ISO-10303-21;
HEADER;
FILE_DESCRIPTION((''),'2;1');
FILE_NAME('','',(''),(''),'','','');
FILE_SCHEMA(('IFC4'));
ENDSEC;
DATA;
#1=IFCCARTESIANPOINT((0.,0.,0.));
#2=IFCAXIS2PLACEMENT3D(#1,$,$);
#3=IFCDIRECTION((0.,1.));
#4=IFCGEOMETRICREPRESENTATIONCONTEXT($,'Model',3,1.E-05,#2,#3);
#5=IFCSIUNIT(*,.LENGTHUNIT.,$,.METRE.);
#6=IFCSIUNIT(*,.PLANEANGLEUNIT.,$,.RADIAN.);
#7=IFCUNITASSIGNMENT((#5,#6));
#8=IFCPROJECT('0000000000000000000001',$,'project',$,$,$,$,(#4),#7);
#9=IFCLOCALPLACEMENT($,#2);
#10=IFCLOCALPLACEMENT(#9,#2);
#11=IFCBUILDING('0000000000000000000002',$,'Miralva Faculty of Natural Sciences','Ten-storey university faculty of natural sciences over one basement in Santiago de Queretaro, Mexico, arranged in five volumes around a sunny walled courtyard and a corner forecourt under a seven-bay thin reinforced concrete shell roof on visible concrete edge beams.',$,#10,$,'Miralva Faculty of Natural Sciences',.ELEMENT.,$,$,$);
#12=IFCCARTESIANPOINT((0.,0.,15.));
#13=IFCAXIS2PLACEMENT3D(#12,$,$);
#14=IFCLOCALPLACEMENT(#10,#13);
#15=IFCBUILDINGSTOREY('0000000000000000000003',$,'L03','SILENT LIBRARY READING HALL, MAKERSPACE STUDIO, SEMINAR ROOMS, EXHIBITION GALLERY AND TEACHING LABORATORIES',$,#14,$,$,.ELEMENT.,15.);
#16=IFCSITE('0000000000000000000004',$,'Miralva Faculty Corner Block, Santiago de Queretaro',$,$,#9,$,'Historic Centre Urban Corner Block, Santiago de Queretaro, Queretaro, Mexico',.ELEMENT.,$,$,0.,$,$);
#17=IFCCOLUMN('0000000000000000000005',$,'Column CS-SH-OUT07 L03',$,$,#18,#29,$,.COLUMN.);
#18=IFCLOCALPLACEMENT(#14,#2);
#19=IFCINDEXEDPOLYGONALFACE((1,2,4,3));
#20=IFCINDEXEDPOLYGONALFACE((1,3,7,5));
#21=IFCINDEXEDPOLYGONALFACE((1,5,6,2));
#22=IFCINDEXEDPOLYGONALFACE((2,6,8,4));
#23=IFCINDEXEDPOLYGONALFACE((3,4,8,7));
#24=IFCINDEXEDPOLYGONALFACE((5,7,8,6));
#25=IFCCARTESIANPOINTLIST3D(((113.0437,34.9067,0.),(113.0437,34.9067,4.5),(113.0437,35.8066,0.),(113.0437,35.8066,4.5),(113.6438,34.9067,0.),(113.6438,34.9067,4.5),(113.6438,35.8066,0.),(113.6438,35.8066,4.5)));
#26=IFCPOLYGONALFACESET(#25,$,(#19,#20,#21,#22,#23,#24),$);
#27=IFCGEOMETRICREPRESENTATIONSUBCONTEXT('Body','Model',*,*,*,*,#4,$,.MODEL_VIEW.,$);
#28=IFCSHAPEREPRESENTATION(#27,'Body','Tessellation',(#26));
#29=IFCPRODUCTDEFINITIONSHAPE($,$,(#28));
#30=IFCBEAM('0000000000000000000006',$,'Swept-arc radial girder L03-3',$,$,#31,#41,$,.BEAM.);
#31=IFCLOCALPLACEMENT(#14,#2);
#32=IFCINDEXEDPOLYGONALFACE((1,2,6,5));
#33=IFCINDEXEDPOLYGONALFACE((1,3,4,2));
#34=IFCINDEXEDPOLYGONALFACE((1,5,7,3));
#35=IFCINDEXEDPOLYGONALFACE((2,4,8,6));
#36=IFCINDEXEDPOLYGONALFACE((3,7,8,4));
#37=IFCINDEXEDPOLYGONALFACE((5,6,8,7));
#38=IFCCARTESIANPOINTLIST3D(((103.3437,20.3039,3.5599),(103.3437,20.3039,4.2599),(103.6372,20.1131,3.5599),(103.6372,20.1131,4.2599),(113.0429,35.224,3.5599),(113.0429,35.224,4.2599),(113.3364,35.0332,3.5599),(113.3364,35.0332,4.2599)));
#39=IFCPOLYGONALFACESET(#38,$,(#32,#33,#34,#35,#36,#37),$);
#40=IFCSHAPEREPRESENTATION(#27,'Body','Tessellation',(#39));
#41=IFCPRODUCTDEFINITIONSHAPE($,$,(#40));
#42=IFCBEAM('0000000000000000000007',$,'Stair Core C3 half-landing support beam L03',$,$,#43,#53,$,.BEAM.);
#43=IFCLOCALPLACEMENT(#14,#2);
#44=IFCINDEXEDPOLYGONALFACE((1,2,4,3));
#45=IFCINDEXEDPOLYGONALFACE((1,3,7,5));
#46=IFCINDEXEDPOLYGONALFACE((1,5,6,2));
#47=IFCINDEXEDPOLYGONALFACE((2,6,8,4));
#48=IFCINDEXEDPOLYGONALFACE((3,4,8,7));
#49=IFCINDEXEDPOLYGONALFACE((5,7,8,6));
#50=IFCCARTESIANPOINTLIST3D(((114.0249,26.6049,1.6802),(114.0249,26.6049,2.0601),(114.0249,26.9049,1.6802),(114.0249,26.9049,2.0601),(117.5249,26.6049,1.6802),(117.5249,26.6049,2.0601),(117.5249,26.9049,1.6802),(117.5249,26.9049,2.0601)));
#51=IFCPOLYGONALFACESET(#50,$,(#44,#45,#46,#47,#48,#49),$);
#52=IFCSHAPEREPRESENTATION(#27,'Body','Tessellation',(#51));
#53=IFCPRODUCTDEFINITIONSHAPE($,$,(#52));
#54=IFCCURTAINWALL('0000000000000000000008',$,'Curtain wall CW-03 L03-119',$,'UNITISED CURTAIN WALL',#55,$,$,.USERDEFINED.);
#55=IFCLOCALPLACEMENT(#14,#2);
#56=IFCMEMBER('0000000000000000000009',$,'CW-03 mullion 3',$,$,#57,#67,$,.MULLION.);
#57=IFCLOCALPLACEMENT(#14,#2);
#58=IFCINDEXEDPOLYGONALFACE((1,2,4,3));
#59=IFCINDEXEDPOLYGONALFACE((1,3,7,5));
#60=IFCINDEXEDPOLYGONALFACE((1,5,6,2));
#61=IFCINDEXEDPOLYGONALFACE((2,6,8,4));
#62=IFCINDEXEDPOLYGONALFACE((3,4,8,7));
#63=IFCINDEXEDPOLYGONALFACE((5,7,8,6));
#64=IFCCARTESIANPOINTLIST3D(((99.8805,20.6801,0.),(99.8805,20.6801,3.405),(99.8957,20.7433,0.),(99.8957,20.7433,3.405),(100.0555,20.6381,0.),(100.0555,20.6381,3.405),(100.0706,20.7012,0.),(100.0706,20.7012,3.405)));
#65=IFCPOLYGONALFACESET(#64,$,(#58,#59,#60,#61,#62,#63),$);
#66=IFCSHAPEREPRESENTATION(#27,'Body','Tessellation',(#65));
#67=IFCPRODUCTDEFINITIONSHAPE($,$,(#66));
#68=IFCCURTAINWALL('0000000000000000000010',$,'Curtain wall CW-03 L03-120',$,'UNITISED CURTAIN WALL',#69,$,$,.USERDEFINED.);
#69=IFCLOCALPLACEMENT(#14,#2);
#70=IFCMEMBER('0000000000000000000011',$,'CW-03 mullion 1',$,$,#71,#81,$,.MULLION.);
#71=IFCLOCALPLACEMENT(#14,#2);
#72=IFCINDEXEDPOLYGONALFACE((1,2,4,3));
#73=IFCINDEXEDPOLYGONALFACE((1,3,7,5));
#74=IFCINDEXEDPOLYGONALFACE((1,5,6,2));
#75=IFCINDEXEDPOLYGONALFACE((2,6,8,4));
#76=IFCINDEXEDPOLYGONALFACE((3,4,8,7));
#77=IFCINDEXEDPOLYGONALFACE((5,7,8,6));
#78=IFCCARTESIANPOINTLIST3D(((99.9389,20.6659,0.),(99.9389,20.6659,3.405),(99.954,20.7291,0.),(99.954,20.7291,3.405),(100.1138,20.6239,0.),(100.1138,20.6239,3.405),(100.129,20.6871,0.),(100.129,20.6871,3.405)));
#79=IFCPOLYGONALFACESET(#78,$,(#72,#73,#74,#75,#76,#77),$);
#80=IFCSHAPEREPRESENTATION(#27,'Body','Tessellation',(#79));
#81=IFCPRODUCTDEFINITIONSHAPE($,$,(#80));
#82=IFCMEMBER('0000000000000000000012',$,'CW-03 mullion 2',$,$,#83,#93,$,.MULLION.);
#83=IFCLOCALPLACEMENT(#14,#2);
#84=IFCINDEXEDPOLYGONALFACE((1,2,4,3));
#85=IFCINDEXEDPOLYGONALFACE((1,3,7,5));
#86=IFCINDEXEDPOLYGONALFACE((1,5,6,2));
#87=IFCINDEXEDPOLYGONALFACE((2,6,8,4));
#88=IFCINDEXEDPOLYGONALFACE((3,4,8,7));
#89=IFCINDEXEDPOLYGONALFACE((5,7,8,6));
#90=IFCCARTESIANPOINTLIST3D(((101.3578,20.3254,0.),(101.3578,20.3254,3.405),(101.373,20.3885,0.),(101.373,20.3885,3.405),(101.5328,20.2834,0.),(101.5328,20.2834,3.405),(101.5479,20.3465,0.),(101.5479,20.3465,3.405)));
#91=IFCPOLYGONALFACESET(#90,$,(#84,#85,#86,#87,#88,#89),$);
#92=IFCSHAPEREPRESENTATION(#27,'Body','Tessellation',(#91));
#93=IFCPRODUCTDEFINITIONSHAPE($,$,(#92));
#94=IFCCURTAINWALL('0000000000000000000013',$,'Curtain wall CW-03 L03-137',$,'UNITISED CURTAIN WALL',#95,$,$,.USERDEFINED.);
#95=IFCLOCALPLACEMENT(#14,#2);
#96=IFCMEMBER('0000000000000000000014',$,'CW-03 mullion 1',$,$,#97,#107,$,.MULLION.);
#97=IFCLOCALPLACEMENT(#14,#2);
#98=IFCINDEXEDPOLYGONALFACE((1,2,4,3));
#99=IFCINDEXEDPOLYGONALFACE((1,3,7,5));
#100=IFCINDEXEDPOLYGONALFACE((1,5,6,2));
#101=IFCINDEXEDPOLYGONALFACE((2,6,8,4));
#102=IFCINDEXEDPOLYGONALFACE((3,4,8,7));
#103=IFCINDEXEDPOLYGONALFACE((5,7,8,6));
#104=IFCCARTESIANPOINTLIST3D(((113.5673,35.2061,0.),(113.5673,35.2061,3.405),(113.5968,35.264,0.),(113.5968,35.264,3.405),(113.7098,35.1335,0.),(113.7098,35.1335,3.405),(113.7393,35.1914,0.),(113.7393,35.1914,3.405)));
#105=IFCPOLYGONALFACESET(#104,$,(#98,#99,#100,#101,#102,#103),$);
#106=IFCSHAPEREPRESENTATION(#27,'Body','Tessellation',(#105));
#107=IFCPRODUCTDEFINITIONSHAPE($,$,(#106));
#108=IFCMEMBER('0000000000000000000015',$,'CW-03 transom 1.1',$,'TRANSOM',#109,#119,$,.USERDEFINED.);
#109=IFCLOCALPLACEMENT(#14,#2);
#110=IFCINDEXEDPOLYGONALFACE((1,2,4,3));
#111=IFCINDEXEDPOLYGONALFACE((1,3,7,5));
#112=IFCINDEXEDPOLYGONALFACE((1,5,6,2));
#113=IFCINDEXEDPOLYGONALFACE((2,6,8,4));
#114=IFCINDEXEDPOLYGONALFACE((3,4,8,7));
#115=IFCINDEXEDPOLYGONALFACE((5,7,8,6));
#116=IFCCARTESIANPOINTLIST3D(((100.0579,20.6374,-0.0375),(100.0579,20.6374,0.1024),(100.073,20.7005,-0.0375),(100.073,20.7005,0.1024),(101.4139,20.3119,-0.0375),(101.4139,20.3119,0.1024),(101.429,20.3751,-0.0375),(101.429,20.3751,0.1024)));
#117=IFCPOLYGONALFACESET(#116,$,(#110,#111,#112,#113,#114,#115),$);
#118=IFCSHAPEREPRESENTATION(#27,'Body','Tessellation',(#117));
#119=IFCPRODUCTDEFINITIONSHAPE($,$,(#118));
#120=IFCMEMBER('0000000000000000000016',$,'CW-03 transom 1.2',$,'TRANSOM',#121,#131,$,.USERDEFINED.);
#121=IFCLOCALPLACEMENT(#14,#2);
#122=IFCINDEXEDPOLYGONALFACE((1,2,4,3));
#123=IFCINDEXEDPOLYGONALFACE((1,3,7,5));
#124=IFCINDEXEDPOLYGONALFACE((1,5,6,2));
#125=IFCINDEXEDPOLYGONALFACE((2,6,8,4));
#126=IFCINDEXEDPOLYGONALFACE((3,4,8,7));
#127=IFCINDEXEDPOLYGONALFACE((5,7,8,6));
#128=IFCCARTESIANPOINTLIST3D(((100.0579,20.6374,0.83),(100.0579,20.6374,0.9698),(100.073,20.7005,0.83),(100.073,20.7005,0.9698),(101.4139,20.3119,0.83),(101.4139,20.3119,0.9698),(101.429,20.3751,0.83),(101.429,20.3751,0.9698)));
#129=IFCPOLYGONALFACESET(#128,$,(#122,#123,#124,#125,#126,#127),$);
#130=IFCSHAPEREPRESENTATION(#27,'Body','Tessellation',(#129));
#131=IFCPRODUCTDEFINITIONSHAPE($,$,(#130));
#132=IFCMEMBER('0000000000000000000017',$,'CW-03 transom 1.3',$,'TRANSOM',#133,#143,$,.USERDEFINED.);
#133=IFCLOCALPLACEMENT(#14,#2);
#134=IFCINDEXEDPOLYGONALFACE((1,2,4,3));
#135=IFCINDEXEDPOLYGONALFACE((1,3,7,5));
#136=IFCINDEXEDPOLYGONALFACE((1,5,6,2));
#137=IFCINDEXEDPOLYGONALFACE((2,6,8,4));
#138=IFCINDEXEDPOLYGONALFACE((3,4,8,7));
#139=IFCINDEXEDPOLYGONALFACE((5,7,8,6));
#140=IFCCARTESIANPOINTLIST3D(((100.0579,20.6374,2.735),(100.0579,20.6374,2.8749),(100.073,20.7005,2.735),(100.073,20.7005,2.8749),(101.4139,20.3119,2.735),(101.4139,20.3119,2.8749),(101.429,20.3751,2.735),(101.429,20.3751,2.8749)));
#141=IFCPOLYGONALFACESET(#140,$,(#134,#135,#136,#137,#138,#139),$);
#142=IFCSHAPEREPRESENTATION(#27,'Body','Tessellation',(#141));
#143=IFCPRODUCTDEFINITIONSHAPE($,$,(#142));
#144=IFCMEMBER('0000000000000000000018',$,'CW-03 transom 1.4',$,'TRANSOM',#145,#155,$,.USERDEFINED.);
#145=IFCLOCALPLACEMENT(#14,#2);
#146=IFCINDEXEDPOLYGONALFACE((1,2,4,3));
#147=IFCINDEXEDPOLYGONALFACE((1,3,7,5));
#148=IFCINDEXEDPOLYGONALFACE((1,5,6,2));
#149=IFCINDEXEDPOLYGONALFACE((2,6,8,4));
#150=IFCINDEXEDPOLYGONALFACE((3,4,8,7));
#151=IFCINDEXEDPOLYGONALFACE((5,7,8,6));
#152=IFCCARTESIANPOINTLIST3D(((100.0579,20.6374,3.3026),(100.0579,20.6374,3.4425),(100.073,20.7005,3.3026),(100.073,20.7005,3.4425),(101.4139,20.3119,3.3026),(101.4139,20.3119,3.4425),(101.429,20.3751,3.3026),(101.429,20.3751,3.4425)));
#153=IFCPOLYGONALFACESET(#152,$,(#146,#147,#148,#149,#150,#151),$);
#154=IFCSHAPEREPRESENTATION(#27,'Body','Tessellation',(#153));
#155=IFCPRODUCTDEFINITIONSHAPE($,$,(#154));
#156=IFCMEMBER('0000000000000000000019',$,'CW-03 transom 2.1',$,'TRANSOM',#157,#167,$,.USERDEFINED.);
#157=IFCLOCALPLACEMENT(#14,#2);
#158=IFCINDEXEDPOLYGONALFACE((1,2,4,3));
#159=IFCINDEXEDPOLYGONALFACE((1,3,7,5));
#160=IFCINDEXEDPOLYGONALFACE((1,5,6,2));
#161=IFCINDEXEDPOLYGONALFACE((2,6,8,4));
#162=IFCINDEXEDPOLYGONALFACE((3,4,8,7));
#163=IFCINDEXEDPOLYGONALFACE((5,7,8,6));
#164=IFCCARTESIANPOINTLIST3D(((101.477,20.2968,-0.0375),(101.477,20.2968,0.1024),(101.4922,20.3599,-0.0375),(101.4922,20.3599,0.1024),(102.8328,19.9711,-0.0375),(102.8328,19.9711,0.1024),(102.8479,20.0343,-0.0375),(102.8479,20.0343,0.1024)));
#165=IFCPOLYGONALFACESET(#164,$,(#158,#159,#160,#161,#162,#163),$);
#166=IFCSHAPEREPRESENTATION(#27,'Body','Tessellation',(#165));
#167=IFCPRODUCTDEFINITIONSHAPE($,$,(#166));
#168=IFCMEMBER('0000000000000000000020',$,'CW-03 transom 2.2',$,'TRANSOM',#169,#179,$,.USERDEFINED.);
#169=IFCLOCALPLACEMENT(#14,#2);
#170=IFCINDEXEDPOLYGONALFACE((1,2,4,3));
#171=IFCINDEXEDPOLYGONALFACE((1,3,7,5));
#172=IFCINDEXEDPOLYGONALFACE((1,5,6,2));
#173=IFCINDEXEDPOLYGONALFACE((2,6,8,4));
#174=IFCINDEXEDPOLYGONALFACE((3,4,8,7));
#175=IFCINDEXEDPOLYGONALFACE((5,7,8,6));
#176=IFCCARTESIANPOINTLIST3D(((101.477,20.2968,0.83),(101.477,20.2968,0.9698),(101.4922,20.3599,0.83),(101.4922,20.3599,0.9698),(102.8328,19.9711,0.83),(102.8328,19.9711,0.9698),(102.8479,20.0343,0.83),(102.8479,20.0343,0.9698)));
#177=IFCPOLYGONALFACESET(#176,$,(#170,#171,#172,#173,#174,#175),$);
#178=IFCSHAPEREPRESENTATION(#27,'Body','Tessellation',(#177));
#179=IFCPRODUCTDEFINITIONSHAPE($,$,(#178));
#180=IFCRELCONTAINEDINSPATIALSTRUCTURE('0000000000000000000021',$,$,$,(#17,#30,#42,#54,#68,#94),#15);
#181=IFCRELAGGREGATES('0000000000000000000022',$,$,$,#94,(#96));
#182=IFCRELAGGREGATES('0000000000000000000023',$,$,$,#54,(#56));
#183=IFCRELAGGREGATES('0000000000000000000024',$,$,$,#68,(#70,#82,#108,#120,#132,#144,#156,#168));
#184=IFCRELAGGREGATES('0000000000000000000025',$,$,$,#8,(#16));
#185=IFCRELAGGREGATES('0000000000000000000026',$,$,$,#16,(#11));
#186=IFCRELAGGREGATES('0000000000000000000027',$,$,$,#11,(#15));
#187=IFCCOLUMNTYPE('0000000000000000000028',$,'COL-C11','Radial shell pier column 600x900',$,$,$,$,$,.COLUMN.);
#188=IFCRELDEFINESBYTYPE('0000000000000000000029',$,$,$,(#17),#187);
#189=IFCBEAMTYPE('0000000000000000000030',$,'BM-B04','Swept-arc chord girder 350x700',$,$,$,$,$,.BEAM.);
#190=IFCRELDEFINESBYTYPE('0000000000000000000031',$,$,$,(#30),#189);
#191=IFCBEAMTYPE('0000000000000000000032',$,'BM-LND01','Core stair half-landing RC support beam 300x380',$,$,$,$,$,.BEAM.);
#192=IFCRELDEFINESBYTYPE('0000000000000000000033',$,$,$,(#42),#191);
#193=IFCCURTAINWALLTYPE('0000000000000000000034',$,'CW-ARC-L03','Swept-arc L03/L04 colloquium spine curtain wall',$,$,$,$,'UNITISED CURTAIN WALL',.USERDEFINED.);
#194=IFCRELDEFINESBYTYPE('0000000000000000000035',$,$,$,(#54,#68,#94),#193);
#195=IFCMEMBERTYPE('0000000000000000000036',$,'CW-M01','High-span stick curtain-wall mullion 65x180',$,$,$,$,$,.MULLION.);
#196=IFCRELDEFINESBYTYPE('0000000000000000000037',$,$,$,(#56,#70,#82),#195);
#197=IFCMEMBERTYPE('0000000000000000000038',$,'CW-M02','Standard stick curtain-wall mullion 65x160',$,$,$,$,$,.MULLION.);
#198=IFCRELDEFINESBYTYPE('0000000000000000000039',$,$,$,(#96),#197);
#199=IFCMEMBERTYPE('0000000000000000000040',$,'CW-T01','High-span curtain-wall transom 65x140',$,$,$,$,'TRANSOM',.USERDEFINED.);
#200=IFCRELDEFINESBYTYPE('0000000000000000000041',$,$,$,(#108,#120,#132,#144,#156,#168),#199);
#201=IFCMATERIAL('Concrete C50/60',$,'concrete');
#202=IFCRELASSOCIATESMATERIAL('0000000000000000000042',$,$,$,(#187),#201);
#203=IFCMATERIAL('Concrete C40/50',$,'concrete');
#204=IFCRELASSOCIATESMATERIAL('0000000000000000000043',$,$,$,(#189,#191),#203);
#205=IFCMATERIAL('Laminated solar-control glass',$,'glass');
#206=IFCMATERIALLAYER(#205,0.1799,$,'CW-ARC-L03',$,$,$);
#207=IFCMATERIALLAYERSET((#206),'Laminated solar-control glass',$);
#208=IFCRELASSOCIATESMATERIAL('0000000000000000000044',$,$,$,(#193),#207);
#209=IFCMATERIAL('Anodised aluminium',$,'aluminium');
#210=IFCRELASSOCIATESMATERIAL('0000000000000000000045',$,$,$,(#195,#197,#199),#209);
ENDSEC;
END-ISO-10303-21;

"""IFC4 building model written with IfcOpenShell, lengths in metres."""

from ifc_helpers import new_model, si_unit, direction, frame, origin, origin_2d, place, context, subcontext, project, spatial, rectangle, extrude, material, layer, layer_set, material_profile, profile_set, type_object, element, aggregate, save


model = new_model("IFC4")

# Units and contexts
model_context = context("Model", 3, precision=1e-05, world=origin(), true_north=direction((0.0, 1.0)))
body_context = subcontext(model_context, "Body", "Model", "MODEL_VIEW")
ifc_project = project(units=[si_unit("LENGTHUNIT", "METRE"), si_unit("PLANEANGLEUNIT", "RADIAN")], contexts=[model_context])

# Site, building, storey
site_placement = place(None, origin())
site = spatial("IfcSite", under=ifc_project, at=site_placement, Name="Miralva Faculty Corner Block, Santiago de Queretaro", LongName="Historic Centre Urban Corner Block, Santiago de Queretaro, Queretaro, Mexico", CompositionType="ELEMENT", RefElevation=0.0)
building_placement = place(site_placement, origin())
building = spatial("IfcBuilding", under=site, at=building_placement, Name="Miralva Faculty of Natural Sciences", Description="Ten-storey university faculty of natural sciences over one basement in Santiago de Queretaro, Mexico, arranged in five volumes around a sunny walled courtyard and a corner forecourt under a seven-bay thin reinforced concrete shell roof on visible concrete edge beams.", LongName="Miralva Faculty of Natural Sciences", CompositionType="ELEMENT")
storey_placement = place(building_placement, frame((0.0, 0.0, 15.0)))
storey = spatial("IfcBuildingStorey", under=building, at=storey_placement, Name="L03", Description="SILENT LIBRARY READING HALL, MAKERSPACE STUDIO, SEMINAR ROOMS, EXHIBITION GALLERY AND TEACHING LABORATORIES", CompositionType="ELEMENT", Elevation=15.0)

# Column
ifc_material_1 = material(Name="Concrete C50/60", Category="concrete")
ifc_material_profile_1 = material_profile(ifc_material_1, rectangle(XDim=0.6001, YDim=0.8999, at=origin_2d()), Name="RC 600x900")
ifc_profile_set_1 = profile_set([ifc_material_profile_1], Name="Concrete C50/60")
column_type = type_object("IfcColumnType", Name="COL-C11", Description="Radial shell pier column 600x900", PredefinedType="COLUMN", material=ifc_profile_set_1)
column_placement = place(storey_placement, frame((113.3438, 35.3567, 0.0), z_axis=(0.0, 0.0, 1.0), x_axis=(1.0, 0.0, 0.0)))
element("IfcColumn", 1, at=column_placement, inside=storey, type_object=column_type, Name="Column CS-SH-OUT07 L03", PredefinedType="COLUMN", context=body_context, shape_type="SweptSolid", body=[
    extrude(rectangle(XDim=0.6001, YDim=0.8999, at=origin_2d()), origin(), (0.0, 0.0, 1.0), 4.5),
])

# Beams
ifc_material_2 = material(Name="Concrete C40/50", Category="concrete")
ifc_material_profile_2 = material_profile(ifc_material_2, rectangle(XDim=0.3501, YDim=0.7, at=origin_2d()), Name="RC 350x700")
ifc_profile_set_2 = profile_set([ifc_material_profile_2], Name="Concrete C40/50")
beam_type_1 = type_object("IfcBeamType", Name="BM-B04", Description="Swept-arc chord girder 350x700", PredefinedType="BEAM", material=ifc_profile_set_2)
beam_1_placement = place(storey_placement, frame((103.4905, 20.2085, 3.9099), z_axis=(0.545032, 0.838415, 0.0), x_axis=(-0.838415, 0.545032, 0.0)))
element("IfcBeam", 2, at=beam_1_placement, inside=storey, type_object=beam_type_1, Name="Swept-arc radial girder L03-3", PredefinedType="BEAM", context=body_context, shape_type="SweptSolid", body=[
    extrude(rectangle(XDim=0.3501, YDim=0.7, at=origin_2d()), origin(), (0.0, 0.0, 1.0), 17.7957),
])
ifc_material_profile_3 = material_profile(ifc_material_2, rectangle(XDim=0.3, YDim=0.3799, at=origin_2d()), Name="RC 300x380")
ifc_profile_set_3 = profile_set([ifc_material_profile_3], Name="Concrete C40/50")
beam_type_2 = type_object("IfcBeamType", Name="BM-LND01", Description="Core stair half-landing RC support beam 300x380", PredefinedType="BEAM", material=ifc_profile_set_3)
beam_2_placement = place(storey_placement, frame((114.0249, 26.7549, 1.8701), z_axis=(1.0, 0.0, 0.0), x_axis=(0.0, 1.0, 0.0)))
element("IfcBeam", 3, at=beam_2_placement, inside=storey, type_object=beam_type_2, Name="Stair Core C3 half-landing support beam L03", PredefinedType="BEAM", context=body_context, shape_type="SweptSolid", body=[
    extrude(rectangle(XDim=0.3, YDim=0.3799, at=origin_2d()), origin(), (0.0, 0.0, 1.0), 3.5),
])

# Curtain wall, member
ifc_material_3 = material(Name="Laminated solar-control glass", Category="glass")
ifc_layer_1 = layer(ifc_material_3, 0.1799, Name="CW-ARC-L03")
ifc_layer_set_1 = layer_set([ifc_layer_1], Name="Laminated solar-control glass")
curtain_wall_type = type_object("IfcCurtainWallType", Name="CW-ARC-L03", Description="Swept-arc L03/L04 colloquium spine curtain wall", ElementType="UNITISED CURTAIN WALL", PredefinedType="USERDEFINED", material=ifc_layer_set_1)
curtain_wall_1_placement = place(storey_placement, origin())
curtain_wall_1 = element("IfcCurtainWall", 4, at=curtain_wall_1_placement, inside=storey, type_object=curtain_wall_type, Name="Curtain wall CW-03 L03-119", ObjectType="UNITISED CURTAIN WALL", PredefinedType="USERDEFINED")
ifc_material_4 = material(Name="Anodised aluminium", Category="aluminium")
ifc_material_profile_4 = material_profile(ifc_material_4, rectangle(XDim=0.0649, YDim=0.1799, at=origin_2d()), Name="MULLION 65x180")
ifc_profile_set_4 = profile_set([ifc_material_profile_4], Name="Anodised aluminium")
member_type_1 = type_object("IfcMemberType", Name="CW-M01", Description="High-span stick curtain-wall mullion 65x180", PredefinedType="MULLION", material=ifc_profile_set_4)
member_1_placement = place(storey_placement, frame((99.9756, 20.6907, 0.0), z_axis=(0.0, 0.0, 1.0), x_axis=(0.233457, 0.972367, 0.0)))
member_1 = element("IfcMember", 5, at=member_1_placement, type_object=member_type_1, Name="CW-03 mullion 3", PredefinedType="MULLION", context=body_context, shape_type="SweptSolid", body=[
    extrude(rectangle(XDim=0.0649, YDim=0.1799, at=origin_2d()), origin(), (0.0, 0.0, 1.0), 3.405),
])

# Curtain wall, members
curtain_wall_2_placement = place(storey_placement, origin())
curtain_wall_2 = element("IfcCurtainWall", 6, at=curtain_wall_2_placement, inside=storey, type_object=curtain_wall_type, Name="Curtain wall CW-03 L03-120", ObjectType="UNITISED CURTAIN WALL", PredefinedType="USERDEFINED")
member_2_placement = place(storey_placement, frame((100.0339, 20.6765, 0.0), z_axis=(0.0, 0.0, 1.0), x_axis=(0.233464, 0.972365, 0.0)))
member_2 = element("IfcMember", 7, at=member_2_placement, type_object=member_type_1, Name="CW-03 mullion 1", PredefinedType="MULLION", context=body_context, shape_type="SweptSolid", body=[
    extrude(rectangle(XDim=0.0649, YDim=0.1799, at=origin_2d()), origin(), (0.0, 0.0, 1.0), 3.405),
])
member_3_placement = place(storey_placement, frame((101.4529, 20.3359, 0.0), z_axis=(0.0, 0.0, 1.0), x_axis=(0.233464, 0.972365, 0.0)))
member_3 = element("IfcMember", 8, at=member_3_placement, type_object=member_type_1, Name="CW-03 mullion 2", PredefinedType="MULLION", context=body_context, shape_type="SweptSolid", body=[
    extrude(rectangle(XDim=0.0649, YDim=0.1799, at=origin_2d()), origin(), (0.0, 0.0, 1.0), 3.405),
])

# Curtain wall, member
curtain_wall_3_placement = place(storey_placement, origin())
curtain_wall_3 = element("IfcCurtainWall", 9, at=curtain_wall_3_placement, inside=storey, type_object=curtain_wall_type, Name="Curtain wall CW-03 L03-137", ObjectType="UNITISED CURTAIN WALL", PredefinedType="USERDEFINED")
ifc_material_profile_5 = material_profile(ifc_material_4, rectangle(XDim=0.0649, YDim=0.1599, at=origin_2d()), Name="MULLION 65x160")
ifc_profile_set_5 = profile_set([ifc_material_profile_5], Name="Anodised aluminium")
member_type_2 = type_object("IfcMemberType", Name="CW-M02", Description="Standard stick curtain-wall mullion 65x160", PredefinedType="MULLION", material=ifc_profile_set_5)
member_4_placement = place(storey_placement, frame((113.6533, 35.1987, 0.0), z_axis=(0.0, 0.0, 1.0), x_axis=(0.453973, 0.891015, 0.0)))
member_4 = element("IfcMember", 10, at=member_4_placement, type_object=member_type_2, Name="CW-03 mullion 1", PredefinedType="MULLION", context=body_context, shape_type="SweptSolid", body=[
    extrude(rectangle(XDim=0.0649, YDim=0.1599, at=origin_2d()), origin(), (0.0, 0.0, 1.0), 3.405),
])

# Members
ifc_material_profile_6 = material_profile(ifc_material_4, rectangle(XDim=0.0649, YDim=0.1399, at=origin_2d()), Name="TRANSOM 65x140")
ifc_profile_set_6 = profile_set([ifc_material_profile_6], Name="Anodised aluminium")
member_type_3 = type_object("IfcMemberType", Name="CW-T01", Description="High-span curtain-wall transom 65x140", ElementType="TRANSOM", PredefinedType="USERDEFINED", material=ifc_profile_set_6)
member_5_placement = place(storey_placement, frame((100.0654, 20.6689, 0.0325), z_axis=(0.972386, -0.23338, 0.0), x_axis=(0.23338, 0.972386, 0.0)))
member_5 = element("IfcMember", 11, at=member_5_placement, type_object=member_type_3, Name="CW-03 transom 1.1", ObjectType="TRANSOM", PredefinedType="USERDEFINED", context=body_context, shape_type="SweptSolid", body=[
    extrude(rectangle(XDim=0.0649, YDim=0.1399, at=origin_2d()), origin(), (0.0, 0.0, 1.0), 1.3945),
])
member_6_placement = place(storey_placement, frame((100.0654, 20.6689, 0.8999), z_axis=(0.972386, -0.23338, 0.0), x_axis=(0.23338, 0.972386, 0.0)))
member_6 = element("IfcMember", 12, at=member_6_placement, type_object=member_type_3, Name="CW-03 transom 1.2", ObjectType="TRANSOM", PredefinedType="USERDEFINED", context=body_context, shape_type="SweptSolid", body=[
    extrude(rectangle(XDim=0.0649, YDim=0.1399, at=origin_2d()), origin(), (0.0, 0.0, 1.0), 1.3945),
])
member_7_placement = place(storey_placement, frame((100.0654, 20.6689, 2.8049), z_axis=(0.972386, -0.23338, 0.0), x_axis=(0.23338, 0.972386, 0.0)))
member_7 = element("IfcMember", 13, at=member_7_placement, type_object=member_type_3, Name="CW-03 transom 1.3", ObjectType="TRANSOM", PredefinedType="USERDEFINED", context=body_context, shape_type="SweptSolid", body=[
    extrude(rectangle(XDim=0.0649, YDim=0.1399, at=origin_2d()), origin(), (0.0, 0.0, 1.0), 1.3945),
])
member_8_placement = place(storey_placement, frame((100.0654, 20.6689, 3.3726), z_axis=(0.972386, -0.23338, 0.0), x_axis=(0.23338, 0.972386, 0.0)))
member_8 = element("IfcMember", 14, at=member_8_placement, type_object=member_type_3, Name="CW-03 transom 1.4", ObjectType="TRANSOM", PredefinedType="USERDEFINED", context=body_context, shape_type="SweptSolid", body=[
    extrude(rectangle(XDim=0.0649, YDim=0.1399, at=origin_2d()), origin(), (0.0, 0.0, 1.0), 1.3945),
])
member_9_placement = place(storey_placement, frame((101.4846, 20.3284, 0.0325), z_axis=(0.972336, -0.233585, 0.0), x_axis=(0.233585, 0.972336, 0.0)))
member_9 = element("IfcMember", 15, at=member_9_placement, type_object=member_type_3, Name="CW-03 transom 2.1", ObjectType="TRANSOM", PredefinedType="USERDEFINED", context=body_context, shape_type="SweptSolid", body=[
    extrude(rectangle(XDim=0.0649, YDim=0.1399, at=origin_2d()), origin(), (0.0, 0.0, 1.0), 1.3943),
])
member_10_placement = place(storey_placement, frame((101.4846, 20.3284, 0.8999), z_axis=(0.972336, -0.233585, 0.0), x_axis=(0.233585, 0.972336, 0.0)))
member_10 = element("IfcMember", 16, at=member_10_placement, type_object=member_type_3, Name="CW-03 transom 2.2", ObjectType="TRANSOM", PredefinedType="USERDEFINED", context=body_context, shape_type="SweptSolid", body=[
    extrude(rectangle(XDim=0.0649, YDim=0.1399, at=origin_2d()), origin(), (0.0, 0.0, 1.0), 1.3943),
])
aggregate(curtain_wall_3, [member_4])

aggregate(curtain_wall_1, [member_1])
aggregate(curtain_wall_2, [member_2, member_3, member_5, member_6, member_7, member_8, member_9, member_10])

save(model, "model.ifc")
